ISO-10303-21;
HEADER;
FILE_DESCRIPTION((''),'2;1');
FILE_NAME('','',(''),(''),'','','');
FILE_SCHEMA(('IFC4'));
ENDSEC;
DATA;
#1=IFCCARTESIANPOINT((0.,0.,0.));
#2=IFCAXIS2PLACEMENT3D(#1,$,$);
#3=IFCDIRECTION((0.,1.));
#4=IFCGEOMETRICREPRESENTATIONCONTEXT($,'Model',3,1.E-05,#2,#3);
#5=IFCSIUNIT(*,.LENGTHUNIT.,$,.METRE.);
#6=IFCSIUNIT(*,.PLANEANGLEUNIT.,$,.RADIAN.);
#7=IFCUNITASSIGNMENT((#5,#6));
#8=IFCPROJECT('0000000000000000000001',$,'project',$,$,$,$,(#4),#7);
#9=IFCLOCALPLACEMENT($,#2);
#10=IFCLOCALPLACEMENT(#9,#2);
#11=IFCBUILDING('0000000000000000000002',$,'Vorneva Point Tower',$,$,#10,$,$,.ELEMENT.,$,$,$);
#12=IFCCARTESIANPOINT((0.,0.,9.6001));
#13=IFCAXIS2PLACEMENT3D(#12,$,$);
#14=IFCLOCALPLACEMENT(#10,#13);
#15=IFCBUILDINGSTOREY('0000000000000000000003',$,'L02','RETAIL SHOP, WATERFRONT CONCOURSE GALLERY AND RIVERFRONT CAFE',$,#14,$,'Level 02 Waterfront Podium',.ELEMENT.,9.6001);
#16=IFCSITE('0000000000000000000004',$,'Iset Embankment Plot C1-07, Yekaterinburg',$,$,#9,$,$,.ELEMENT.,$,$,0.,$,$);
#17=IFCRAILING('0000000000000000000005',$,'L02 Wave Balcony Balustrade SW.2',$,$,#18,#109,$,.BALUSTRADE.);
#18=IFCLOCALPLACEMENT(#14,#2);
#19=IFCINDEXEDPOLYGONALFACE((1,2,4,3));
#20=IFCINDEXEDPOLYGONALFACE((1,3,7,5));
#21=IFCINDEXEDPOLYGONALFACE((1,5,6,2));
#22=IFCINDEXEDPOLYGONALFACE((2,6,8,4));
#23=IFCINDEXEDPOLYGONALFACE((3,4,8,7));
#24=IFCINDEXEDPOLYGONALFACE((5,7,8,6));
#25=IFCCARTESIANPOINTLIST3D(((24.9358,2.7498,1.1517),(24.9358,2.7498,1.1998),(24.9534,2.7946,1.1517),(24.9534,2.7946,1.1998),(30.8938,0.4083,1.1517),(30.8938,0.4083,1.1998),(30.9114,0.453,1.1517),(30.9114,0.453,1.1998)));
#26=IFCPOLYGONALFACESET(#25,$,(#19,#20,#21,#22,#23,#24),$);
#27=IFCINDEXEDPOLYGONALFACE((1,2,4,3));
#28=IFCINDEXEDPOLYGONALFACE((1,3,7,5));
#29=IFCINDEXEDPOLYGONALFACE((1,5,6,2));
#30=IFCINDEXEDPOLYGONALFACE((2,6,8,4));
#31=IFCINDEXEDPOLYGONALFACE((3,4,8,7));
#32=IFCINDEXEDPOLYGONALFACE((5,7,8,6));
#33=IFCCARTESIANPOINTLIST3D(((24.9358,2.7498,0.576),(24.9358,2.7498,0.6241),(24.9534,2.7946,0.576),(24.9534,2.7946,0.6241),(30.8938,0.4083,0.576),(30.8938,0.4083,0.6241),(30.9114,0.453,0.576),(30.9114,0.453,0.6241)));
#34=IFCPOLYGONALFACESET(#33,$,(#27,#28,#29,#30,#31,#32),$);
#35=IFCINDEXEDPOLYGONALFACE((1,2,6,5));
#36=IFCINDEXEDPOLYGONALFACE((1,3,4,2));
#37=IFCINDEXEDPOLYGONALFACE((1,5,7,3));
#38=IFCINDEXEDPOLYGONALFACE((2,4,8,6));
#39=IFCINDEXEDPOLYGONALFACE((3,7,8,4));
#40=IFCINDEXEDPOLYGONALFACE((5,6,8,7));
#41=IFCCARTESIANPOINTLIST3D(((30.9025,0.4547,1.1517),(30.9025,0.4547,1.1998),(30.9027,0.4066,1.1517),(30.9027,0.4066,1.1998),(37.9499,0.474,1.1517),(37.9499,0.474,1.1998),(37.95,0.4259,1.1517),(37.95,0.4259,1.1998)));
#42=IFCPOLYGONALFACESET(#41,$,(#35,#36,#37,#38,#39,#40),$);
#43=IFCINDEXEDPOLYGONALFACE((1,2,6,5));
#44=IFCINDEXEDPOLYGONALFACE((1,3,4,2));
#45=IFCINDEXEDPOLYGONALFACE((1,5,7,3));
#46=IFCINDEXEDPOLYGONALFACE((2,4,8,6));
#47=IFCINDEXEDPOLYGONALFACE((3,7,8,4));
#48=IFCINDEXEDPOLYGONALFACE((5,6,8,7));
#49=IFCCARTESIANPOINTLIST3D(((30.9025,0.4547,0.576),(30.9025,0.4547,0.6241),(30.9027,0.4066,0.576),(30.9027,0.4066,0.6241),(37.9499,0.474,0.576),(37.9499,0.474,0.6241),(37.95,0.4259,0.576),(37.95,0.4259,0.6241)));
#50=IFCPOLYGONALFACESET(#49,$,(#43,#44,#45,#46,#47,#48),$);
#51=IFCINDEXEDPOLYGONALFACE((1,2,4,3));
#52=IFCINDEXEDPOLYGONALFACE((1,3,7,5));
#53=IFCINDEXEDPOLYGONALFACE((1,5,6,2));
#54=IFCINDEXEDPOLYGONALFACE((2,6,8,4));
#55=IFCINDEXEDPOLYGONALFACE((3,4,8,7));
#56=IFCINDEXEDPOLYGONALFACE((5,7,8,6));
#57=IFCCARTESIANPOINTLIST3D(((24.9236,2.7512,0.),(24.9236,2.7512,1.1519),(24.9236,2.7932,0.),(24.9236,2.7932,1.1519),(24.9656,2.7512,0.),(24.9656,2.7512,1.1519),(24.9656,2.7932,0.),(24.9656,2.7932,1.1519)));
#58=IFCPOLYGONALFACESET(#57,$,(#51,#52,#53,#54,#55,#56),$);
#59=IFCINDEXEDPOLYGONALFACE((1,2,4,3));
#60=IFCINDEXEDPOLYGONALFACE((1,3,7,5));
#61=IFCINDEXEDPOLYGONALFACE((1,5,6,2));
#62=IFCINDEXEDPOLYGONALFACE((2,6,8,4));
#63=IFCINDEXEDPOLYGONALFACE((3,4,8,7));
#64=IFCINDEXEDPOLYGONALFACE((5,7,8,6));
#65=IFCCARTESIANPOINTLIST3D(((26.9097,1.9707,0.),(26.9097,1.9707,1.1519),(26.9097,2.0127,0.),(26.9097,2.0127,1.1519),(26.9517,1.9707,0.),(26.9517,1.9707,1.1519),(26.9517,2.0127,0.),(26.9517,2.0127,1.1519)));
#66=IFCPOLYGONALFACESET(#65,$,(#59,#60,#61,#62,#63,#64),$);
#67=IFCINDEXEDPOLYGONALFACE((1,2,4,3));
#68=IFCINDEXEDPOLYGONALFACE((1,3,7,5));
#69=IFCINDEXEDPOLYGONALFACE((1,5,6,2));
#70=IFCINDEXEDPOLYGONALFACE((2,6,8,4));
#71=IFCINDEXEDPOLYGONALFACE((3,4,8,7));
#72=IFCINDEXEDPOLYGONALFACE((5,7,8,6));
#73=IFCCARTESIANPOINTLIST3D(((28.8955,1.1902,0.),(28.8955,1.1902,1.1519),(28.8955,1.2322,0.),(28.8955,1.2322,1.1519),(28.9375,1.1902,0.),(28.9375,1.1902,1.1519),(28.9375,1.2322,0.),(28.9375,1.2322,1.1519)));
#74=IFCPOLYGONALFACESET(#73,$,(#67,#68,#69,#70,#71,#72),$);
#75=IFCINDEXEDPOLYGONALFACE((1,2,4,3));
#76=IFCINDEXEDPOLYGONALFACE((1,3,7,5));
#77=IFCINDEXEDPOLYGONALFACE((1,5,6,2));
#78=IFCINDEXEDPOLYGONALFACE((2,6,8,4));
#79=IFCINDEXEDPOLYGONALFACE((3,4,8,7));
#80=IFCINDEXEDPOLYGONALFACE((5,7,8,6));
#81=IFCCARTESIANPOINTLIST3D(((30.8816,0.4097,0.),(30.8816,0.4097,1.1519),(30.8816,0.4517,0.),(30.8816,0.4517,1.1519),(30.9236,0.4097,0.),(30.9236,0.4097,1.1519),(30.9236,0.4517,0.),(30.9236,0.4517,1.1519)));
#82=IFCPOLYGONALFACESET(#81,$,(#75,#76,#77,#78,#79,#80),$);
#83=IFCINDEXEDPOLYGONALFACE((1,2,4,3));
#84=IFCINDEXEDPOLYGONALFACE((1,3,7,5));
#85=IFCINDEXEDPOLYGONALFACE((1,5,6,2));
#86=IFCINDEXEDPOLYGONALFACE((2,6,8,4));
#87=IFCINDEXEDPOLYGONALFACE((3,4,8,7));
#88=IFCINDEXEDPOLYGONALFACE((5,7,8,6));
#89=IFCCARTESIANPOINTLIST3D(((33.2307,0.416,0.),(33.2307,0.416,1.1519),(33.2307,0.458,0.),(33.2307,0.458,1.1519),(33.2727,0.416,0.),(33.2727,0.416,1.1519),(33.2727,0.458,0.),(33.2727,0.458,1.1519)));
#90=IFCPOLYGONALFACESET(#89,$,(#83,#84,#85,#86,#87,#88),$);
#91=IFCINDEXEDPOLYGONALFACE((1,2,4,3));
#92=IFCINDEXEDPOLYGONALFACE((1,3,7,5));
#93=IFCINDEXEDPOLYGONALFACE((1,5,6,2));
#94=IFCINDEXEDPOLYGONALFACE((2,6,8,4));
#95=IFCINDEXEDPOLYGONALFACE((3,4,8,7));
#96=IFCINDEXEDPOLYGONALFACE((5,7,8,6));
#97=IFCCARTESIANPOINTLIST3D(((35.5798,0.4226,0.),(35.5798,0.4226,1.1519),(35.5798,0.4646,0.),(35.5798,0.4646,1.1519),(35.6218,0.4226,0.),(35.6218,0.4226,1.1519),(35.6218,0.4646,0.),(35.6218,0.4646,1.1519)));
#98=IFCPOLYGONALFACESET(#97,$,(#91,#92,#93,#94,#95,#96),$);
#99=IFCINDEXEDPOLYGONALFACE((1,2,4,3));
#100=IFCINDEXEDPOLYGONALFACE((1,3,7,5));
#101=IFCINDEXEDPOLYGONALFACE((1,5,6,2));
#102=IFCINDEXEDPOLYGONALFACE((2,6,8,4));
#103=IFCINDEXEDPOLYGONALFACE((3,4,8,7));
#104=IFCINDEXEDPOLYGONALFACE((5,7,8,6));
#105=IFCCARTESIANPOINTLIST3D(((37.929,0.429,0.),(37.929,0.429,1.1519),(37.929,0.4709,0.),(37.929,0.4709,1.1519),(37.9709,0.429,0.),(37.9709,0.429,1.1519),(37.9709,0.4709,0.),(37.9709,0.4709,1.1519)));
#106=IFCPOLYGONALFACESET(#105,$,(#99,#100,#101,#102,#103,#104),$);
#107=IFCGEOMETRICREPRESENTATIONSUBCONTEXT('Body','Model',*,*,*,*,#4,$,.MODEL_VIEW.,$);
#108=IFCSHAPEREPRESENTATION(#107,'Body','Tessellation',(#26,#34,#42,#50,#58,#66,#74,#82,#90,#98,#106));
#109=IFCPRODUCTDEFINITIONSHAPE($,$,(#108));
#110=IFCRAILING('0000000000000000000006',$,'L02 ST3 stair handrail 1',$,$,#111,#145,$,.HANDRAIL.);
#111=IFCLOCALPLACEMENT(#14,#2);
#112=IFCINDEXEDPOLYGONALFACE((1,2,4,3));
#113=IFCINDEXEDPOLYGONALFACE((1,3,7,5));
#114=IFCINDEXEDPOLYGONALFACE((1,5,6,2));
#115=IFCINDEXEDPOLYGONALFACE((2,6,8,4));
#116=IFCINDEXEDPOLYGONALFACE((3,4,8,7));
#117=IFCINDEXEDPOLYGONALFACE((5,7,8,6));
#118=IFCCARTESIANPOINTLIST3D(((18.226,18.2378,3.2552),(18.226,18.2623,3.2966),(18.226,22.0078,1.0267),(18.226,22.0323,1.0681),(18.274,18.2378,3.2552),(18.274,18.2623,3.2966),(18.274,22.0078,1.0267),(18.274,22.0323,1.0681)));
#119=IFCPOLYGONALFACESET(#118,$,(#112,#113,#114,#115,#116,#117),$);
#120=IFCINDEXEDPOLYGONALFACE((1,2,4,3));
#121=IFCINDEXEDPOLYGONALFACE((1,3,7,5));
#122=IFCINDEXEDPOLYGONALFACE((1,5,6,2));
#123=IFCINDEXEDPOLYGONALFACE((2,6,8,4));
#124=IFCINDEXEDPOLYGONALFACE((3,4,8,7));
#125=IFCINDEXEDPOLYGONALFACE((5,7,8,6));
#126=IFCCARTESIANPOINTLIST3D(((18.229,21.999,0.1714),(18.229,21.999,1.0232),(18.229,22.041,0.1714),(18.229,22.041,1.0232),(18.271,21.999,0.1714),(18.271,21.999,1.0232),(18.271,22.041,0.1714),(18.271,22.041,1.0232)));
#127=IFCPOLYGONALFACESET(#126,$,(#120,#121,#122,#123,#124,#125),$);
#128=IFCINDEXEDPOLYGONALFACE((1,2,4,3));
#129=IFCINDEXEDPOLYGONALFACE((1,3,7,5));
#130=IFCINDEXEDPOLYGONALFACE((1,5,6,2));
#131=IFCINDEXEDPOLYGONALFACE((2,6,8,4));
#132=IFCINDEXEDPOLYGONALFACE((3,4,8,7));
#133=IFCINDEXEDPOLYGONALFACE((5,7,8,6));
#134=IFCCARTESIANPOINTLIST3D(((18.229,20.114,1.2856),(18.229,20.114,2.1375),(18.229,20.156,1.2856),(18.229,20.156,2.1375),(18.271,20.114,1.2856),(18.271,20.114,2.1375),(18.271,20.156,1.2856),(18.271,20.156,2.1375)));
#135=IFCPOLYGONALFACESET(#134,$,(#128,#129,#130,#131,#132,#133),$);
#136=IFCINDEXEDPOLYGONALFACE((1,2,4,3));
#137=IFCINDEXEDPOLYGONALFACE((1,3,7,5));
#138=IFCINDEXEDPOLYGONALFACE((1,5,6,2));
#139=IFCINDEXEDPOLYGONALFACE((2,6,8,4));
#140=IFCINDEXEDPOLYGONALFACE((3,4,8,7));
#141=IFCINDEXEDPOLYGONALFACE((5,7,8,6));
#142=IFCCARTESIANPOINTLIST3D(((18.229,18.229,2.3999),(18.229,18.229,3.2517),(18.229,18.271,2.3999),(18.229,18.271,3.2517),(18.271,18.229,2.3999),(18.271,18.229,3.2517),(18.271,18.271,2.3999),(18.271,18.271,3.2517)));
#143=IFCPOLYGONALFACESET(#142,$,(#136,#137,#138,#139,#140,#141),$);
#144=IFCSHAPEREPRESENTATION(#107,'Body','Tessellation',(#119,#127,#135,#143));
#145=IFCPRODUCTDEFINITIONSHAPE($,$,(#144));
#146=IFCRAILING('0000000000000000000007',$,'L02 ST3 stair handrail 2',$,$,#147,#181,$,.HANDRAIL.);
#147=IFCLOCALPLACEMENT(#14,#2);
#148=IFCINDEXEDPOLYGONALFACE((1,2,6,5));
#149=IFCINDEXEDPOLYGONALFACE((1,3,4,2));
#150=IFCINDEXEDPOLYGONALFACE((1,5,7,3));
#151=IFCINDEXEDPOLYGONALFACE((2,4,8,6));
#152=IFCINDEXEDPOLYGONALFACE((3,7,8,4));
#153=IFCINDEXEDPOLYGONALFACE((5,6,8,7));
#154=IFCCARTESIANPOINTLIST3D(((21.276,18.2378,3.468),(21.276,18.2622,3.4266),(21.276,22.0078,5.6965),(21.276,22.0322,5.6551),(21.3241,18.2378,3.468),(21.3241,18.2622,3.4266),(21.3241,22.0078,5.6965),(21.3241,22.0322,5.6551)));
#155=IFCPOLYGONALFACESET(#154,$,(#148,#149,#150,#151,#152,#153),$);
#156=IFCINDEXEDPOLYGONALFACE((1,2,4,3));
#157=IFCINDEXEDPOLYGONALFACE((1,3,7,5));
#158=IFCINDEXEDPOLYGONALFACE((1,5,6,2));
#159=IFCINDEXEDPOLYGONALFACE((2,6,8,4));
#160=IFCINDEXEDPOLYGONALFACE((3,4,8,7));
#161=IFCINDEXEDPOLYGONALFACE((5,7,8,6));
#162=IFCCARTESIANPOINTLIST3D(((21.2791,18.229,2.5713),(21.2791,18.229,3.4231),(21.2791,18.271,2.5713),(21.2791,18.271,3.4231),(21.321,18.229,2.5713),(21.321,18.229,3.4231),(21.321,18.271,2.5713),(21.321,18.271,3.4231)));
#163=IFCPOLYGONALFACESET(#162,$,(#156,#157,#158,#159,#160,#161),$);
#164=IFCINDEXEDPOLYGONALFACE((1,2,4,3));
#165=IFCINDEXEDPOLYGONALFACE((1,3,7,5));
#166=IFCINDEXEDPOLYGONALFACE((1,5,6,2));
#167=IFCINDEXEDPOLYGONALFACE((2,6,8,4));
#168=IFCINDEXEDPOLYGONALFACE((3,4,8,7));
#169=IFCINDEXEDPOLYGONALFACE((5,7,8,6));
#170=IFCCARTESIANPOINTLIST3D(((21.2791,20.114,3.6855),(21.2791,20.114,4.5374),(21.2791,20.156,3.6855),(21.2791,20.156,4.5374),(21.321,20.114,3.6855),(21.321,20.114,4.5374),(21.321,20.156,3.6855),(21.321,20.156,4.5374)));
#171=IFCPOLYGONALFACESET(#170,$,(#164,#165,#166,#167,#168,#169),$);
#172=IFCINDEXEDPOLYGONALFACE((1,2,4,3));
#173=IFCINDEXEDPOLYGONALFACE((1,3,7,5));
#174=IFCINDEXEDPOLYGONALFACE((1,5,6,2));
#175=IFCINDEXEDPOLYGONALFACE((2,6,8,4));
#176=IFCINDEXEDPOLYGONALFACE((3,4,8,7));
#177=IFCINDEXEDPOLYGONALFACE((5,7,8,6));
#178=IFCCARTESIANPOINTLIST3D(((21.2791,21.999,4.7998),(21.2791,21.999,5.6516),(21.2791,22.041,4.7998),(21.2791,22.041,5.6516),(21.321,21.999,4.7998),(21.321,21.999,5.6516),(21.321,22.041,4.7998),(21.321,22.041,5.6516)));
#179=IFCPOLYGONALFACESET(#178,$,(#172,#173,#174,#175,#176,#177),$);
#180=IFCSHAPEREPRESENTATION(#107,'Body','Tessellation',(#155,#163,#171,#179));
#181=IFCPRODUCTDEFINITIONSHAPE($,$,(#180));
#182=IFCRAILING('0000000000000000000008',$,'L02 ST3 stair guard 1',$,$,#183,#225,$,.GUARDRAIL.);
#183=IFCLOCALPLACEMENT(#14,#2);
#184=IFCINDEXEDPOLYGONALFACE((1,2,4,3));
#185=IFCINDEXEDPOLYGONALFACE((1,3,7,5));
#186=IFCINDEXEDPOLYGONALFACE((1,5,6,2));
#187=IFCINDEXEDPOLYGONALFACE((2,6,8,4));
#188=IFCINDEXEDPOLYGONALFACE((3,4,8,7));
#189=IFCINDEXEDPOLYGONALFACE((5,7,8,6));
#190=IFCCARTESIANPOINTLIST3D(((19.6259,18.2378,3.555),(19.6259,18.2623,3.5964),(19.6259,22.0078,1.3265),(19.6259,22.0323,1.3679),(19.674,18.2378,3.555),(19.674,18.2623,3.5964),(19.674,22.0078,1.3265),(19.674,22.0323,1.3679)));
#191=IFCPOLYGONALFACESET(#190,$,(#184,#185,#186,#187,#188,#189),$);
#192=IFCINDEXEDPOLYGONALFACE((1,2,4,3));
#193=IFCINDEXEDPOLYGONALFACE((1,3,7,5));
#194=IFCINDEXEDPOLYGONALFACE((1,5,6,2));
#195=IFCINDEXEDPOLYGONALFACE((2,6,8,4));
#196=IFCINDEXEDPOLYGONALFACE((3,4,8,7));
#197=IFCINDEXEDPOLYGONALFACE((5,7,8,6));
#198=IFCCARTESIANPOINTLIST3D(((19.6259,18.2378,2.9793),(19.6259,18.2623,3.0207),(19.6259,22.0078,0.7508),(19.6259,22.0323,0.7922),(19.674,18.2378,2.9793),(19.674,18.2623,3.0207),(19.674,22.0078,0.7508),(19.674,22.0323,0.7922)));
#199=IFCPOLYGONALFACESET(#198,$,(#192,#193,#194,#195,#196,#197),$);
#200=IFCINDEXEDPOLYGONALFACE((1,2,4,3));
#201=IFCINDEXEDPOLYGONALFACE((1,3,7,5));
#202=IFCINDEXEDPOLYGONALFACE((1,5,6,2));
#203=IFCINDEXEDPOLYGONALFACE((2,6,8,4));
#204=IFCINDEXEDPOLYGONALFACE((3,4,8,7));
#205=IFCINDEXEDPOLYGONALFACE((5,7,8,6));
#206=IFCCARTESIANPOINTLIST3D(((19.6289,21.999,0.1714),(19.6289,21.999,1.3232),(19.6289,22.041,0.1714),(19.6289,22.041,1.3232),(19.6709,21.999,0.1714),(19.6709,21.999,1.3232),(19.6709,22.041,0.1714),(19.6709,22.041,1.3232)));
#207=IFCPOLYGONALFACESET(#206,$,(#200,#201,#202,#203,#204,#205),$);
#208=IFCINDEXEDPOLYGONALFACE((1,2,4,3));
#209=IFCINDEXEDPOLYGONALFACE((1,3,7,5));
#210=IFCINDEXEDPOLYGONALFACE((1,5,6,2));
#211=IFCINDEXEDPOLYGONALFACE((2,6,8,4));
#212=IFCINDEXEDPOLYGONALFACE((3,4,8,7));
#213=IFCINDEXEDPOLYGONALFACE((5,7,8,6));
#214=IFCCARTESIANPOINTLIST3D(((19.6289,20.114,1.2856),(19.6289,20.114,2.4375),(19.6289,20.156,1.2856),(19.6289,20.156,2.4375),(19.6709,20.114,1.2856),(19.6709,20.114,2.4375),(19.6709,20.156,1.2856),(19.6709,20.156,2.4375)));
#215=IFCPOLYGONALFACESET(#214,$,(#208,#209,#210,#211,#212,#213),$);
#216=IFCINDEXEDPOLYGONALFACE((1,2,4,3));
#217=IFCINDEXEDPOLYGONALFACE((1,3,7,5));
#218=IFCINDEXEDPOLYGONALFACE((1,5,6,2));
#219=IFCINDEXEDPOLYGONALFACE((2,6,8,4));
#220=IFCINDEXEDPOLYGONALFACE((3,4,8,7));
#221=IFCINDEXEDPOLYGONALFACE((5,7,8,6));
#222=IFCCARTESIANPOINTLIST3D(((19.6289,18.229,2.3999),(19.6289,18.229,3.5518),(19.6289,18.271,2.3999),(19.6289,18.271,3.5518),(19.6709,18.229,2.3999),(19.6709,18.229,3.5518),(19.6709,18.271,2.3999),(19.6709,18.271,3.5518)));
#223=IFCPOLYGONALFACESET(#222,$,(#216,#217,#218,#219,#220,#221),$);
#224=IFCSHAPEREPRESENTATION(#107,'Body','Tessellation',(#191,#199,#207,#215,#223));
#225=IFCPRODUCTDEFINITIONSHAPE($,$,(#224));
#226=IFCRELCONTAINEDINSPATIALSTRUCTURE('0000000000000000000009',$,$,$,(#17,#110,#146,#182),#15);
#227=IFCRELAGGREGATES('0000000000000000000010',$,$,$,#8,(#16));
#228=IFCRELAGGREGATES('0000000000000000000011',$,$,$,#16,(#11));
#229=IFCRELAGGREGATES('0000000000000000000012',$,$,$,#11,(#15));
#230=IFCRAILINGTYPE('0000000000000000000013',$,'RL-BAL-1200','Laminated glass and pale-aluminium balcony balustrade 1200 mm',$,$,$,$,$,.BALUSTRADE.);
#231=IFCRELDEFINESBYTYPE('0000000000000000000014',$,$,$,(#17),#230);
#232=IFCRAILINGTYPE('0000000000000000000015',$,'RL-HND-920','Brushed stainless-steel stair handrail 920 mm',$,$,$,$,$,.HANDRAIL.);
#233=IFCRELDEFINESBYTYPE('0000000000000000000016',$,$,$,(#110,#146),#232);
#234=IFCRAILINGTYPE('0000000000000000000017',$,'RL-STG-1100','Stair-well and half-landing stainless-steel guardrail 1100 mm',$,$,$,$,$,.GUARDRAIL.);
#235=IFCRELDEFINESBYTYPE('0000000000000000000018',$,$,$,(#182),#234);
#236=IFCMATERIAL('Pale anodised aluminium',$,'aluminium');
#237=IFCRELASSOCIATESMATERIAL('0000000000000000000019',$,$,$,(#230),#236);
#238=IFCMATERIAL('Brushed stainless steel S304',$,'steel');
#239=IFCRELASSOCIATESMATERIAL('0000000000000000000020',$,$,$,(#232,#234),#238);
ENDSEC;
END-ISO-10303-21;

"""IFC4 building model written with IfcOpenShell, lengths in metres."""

from ifc_helpers import new_model, si_unit, direction, frame, origin, origin_2d, place, context, subcontext, project, spatial, rectangle, extrude, material, type_object, element, save


model = new_model("IFC4")

# Units and contexts
model_context = context("Model", 3, precision=1e-05, world=origin(), true_north=direction((0.0, 1.0)))
body_context = subcontext(model_context, "Body", "Model", "MODEL_VIEW")
ifc_project = project(units=[si_unit("LENGTHUNIT", "METRE"), si_unit("PLANEANGLEUNIT", "RADIAN")], contexts=[model_context])

# Site, building, storey
site_placement = place(None, origin())
site = spatial("IfcSite", under=ifc_project, at=site_placement, Name="Iset Embankment Plot C1-07, Yekaterinburg", CompositionType="ELEMENT", RefElevation=0.0)
building_placement = place(site_placement, origin())
building = spatial("IfcBuilding", under=site, at=building_placement, Name="Vorneva Point Tower", CompositionType="ELEMENT")
storey_placement = place(building_placement, frame((0.0, 0.0, 9.6001)))
storey = spatial("IfcBuildingStorey", under=building, at=storey_placement, Name="L02", Description="RETAIL SHOP, WATERFRONT CONCOURSE GALLERY AND RIVERFRONT CAFE", LongName="Level 02 Waterfront Podium", CompositionType="ELEMENT", Elevation=9.6001)

# Shared definitions
ifc_material_1 = material(Name="Pale anodised aluminium", Category="aluminium")

# Railings
railing_type_1 = type_object("IfcRailingType", Name="RL-BAL-1200", Description="Laminated glass and pale-aluminium balcony balustrade 1200 mm", PredefinedType="BALUSTRADE", material=ifc_material_1)
railing_1_placement = place(storey_placement, frame((24.9446, 2.7722, 0.0)))
element("IfcRailing", 1, at=railing_1_placement, inside=storey, type_object=railing_type_1, Name="L02 Wave Balcony Balustrade SW.2", PredefinedType="BALUSTRADE", context=body_context, shape_type="SweptSolid", body=[
    extrude(rectangle(XDim=0.0481, YDim=0.0481, at=origin_2d()), frame((0.0, 0.0, 1.1758), z_axis=(0.930703, -0.365775, 0.0), x_axis=(0.365775, 0.930703, 0.0)), (0.0, 0.0, 1.0), 6.4016),
    extrude(rectangle(XDim=0.0481, YDim=0.0481, at=origin_2d()), frame((0.0, 0.0, 0.6001), z_axis=(0.930703, -0.365775, 0.0), x_axis=(0.365775, 0.930703, 0.0)), (0.0, 0.0, 1.0), 6.4016),
    extrude(rectangle(XDim=0.0481, YDim=0.0481, at=origin_2d()), frame((5.958, -2.3416, 1.1758), z_axis=(0.999996, 0.002737, 0.0), x_axis=(-0.002737, 0.999996, 0.0)), (0.0, 0.0, 1.0), 7.0474),
    extrude(rectangle(XDim=0.0481, YDim=0.0481, at=origin_2d()), frame((5.958, -2.3416, 0.6001), z_axis=(0.999996, 0.002737, 0.0), x_axis=(-0.002737, 0.999996, 0.0)), (0.0, 0.0, 1.0), 7.0474),
    extrude(rectangle(XDim=0.042, YDim=0.042, at=origin_2d()), origin(), (0.0, 0.0, 1.0), 1.1519),
    extrude(rectangle(XDim=0.042, YDim=0.042, at=origin_2d()), frame((1.9861, -0.7805, 0.0)), (0.0, 0.0, 1.0), 1.1519),
    extrude(rectangle(XDim=0.042, YDim=0.042, at=origin_2d()), frame((3.9719, -1.561, 0.0)), (0.0, 0.0, 1.0), 1.1519),
    extrude(rectangle(XDim=0.042, YDim=0.042, at=origin_2d()), frame((5.958, -2.3416, 0.0)), (0.0, 0.0, 1.0), 1.1519),
    extrude(rectangle(XDim=0.042, YDim=0.042, at=origin_2d()), frame((8.3071, -2.3352, 0.0)), (0.0, 0.0, 1.0), 1.1519),
    extrude(rectangle(XDim=0.042, YDim=0.042, at=origin_2d()), frame((10.6562, -2.3286, 0.0)), (0.0, 0.0, 1.0), 1.1519),
    extrude(rectangle(XDim=0.042, YDim=0.042, at=origin_2d()), frame((13.0054, -2.3223, 0.0)), (0.0, 0.0, 1.0), 1.1519),
])
ifc_material_2 = material(Name="Brushed stainless steel S304", Category="steel")
railing_type_2 = type_object("IfcRailingType", Name="RL-HND-920", Description="Brushed stainless-steel stair handrail 920 mm", PredefinedType="HANDRAIL", material=ifc_material_2)
railing_2_placement = place(storey_placement, frame((18.25, 22.02, 0.1714)))
element("IfcRailing", 2, at=railing_2_placement, inside=storey, type_object=railing_type_2, Name="L02 ST3 stair handrail 1", PredefinedType="HANDRAIL", context=body_context, shape_type="SweptSolid", body=[
    extrude(rectangle(XDim=0.0481, YDim=0.0481, at=origin_2d()), frame((0.0, 0.0, 0.876), z_axis=(0.0, -0.860849, 0.508861), x_axis=(1.0, 0.0, 0.0)), (0.0, 0.0, 1.0), 4.3794),
    extrude(rectangle(XDim=0.042, YDim=0.042, at=origin_2d()), origin(), (0.0, 0.0, 1.0), 0.8518),
    extrude(rectangle(XDim=0.042, YDim=0.042, at=origin_2d()), frame((0.0, -1.885, 1.1143)), (0.0, 0.0, 1.0), 0.8518),
    extrude(rectangle(XDim=0.042, YDim=0.042, at=origin_2d()), frame((0.0, -3.77, 2.2285)), (0.0, 0.0, 1.0), 0.8518),
])
railing_3_placement = place(storey_placement, frame((21.3, 18.25, 2.5713)))
element("IfcRailing", 3, at=railing_3_placement, inside=storey, type_object=railing_type_2, Name="L02 ST3 stair handrail 2", PredefinedType="HANDRAIL", context=body_context, shape_type="SweptSolid", body=[
    extrude(rectangle(XDim=0.0481, YDim=0.0481, at=origin_2d()), frame((0.0, 0.0, 0.876), z_axis=(0.0, 0.860849, 0.508861), x_axis=(-1.0, 0.0, 0.0)), (0.0, 0.0, 1.0), 4.3794),
    extrude(rectangle(XDim=0.042, YDim=0.042, at=origin_2d()), origin(), (0.0, 0.0, 1.0), 0.8518),
    extrude(rectangle(XDim=0.042, YDim=0.042, at=origin_2d()), frame((0.0, 1.885, 1.1143)), (0.0, 0.0, 1.0), 0.8518),
    extrude(rectangle(XDim=0.042, YDim=0.042, at=origin_2d()), frame((0.0, 3.77, 2.2285)), (0.0, 0.0, 1.0), 0.8518),
])
railing_type_3 = type_object("IfcRailingType", Name="RL-STG-1100", Description="Stair-well and half-landing stainless-steel guardrail 1100 mm", PredefinedType="GUARDRAIL", material=ifc_material_2)
railing_4_placement = place(storey_placement, frame((19.6499, 22.02, 0.1714)))
element("IfcRailing", 4, at=railing_4_placement, inside=storey, type_object=railing_type_3, Name="L02 ST3 stair guard 1", PredefinedType="GUARDRAIL", context=body_context, shape_type="SweptSolid", body=[
    extrude(rectangle(XDim=0.0481, YDim=0.0481, at=origin_2d()), frame((0.0, 0.0, 1.1758), z_axis=(0.0, -0.860849, 0.508861), x_axis=(1.0, 0.0, 0.0)), (0.0, 0.0, 1.0), 4.3794),
    extrude(rectangle(XDim=0.0481, YDim=0.0481, at=origin_2d()), frame((0.0, 0.0, 0.6001), z_axis=(0.0, -0.860849, 0.508861), x_axis=(1.0, 0.0, 0.0)), (0.0, 0.0, 1.0), 4.3794),
    extrude(rectangle(XDim=0.042, YDim=0.042, at=origin_2d()), origin(), (0.0, 0.0, 1.0), 1.1519),
    extrude(rectangle(XDim=0.042, YDim=0.042, at=origin_2d()), frame((0.0, -1.885, 1.1143)), (0.0, 0.0, 1.0), 1.1519),
    extrude(rectangle(XDim=0.042, YDim=0.042, at=origin_2d()), frame((0.0, -3.77, 2.2285)), (0.0, 0.0, 1.0), 1.1519),
])

save(model, "model.ifc")
